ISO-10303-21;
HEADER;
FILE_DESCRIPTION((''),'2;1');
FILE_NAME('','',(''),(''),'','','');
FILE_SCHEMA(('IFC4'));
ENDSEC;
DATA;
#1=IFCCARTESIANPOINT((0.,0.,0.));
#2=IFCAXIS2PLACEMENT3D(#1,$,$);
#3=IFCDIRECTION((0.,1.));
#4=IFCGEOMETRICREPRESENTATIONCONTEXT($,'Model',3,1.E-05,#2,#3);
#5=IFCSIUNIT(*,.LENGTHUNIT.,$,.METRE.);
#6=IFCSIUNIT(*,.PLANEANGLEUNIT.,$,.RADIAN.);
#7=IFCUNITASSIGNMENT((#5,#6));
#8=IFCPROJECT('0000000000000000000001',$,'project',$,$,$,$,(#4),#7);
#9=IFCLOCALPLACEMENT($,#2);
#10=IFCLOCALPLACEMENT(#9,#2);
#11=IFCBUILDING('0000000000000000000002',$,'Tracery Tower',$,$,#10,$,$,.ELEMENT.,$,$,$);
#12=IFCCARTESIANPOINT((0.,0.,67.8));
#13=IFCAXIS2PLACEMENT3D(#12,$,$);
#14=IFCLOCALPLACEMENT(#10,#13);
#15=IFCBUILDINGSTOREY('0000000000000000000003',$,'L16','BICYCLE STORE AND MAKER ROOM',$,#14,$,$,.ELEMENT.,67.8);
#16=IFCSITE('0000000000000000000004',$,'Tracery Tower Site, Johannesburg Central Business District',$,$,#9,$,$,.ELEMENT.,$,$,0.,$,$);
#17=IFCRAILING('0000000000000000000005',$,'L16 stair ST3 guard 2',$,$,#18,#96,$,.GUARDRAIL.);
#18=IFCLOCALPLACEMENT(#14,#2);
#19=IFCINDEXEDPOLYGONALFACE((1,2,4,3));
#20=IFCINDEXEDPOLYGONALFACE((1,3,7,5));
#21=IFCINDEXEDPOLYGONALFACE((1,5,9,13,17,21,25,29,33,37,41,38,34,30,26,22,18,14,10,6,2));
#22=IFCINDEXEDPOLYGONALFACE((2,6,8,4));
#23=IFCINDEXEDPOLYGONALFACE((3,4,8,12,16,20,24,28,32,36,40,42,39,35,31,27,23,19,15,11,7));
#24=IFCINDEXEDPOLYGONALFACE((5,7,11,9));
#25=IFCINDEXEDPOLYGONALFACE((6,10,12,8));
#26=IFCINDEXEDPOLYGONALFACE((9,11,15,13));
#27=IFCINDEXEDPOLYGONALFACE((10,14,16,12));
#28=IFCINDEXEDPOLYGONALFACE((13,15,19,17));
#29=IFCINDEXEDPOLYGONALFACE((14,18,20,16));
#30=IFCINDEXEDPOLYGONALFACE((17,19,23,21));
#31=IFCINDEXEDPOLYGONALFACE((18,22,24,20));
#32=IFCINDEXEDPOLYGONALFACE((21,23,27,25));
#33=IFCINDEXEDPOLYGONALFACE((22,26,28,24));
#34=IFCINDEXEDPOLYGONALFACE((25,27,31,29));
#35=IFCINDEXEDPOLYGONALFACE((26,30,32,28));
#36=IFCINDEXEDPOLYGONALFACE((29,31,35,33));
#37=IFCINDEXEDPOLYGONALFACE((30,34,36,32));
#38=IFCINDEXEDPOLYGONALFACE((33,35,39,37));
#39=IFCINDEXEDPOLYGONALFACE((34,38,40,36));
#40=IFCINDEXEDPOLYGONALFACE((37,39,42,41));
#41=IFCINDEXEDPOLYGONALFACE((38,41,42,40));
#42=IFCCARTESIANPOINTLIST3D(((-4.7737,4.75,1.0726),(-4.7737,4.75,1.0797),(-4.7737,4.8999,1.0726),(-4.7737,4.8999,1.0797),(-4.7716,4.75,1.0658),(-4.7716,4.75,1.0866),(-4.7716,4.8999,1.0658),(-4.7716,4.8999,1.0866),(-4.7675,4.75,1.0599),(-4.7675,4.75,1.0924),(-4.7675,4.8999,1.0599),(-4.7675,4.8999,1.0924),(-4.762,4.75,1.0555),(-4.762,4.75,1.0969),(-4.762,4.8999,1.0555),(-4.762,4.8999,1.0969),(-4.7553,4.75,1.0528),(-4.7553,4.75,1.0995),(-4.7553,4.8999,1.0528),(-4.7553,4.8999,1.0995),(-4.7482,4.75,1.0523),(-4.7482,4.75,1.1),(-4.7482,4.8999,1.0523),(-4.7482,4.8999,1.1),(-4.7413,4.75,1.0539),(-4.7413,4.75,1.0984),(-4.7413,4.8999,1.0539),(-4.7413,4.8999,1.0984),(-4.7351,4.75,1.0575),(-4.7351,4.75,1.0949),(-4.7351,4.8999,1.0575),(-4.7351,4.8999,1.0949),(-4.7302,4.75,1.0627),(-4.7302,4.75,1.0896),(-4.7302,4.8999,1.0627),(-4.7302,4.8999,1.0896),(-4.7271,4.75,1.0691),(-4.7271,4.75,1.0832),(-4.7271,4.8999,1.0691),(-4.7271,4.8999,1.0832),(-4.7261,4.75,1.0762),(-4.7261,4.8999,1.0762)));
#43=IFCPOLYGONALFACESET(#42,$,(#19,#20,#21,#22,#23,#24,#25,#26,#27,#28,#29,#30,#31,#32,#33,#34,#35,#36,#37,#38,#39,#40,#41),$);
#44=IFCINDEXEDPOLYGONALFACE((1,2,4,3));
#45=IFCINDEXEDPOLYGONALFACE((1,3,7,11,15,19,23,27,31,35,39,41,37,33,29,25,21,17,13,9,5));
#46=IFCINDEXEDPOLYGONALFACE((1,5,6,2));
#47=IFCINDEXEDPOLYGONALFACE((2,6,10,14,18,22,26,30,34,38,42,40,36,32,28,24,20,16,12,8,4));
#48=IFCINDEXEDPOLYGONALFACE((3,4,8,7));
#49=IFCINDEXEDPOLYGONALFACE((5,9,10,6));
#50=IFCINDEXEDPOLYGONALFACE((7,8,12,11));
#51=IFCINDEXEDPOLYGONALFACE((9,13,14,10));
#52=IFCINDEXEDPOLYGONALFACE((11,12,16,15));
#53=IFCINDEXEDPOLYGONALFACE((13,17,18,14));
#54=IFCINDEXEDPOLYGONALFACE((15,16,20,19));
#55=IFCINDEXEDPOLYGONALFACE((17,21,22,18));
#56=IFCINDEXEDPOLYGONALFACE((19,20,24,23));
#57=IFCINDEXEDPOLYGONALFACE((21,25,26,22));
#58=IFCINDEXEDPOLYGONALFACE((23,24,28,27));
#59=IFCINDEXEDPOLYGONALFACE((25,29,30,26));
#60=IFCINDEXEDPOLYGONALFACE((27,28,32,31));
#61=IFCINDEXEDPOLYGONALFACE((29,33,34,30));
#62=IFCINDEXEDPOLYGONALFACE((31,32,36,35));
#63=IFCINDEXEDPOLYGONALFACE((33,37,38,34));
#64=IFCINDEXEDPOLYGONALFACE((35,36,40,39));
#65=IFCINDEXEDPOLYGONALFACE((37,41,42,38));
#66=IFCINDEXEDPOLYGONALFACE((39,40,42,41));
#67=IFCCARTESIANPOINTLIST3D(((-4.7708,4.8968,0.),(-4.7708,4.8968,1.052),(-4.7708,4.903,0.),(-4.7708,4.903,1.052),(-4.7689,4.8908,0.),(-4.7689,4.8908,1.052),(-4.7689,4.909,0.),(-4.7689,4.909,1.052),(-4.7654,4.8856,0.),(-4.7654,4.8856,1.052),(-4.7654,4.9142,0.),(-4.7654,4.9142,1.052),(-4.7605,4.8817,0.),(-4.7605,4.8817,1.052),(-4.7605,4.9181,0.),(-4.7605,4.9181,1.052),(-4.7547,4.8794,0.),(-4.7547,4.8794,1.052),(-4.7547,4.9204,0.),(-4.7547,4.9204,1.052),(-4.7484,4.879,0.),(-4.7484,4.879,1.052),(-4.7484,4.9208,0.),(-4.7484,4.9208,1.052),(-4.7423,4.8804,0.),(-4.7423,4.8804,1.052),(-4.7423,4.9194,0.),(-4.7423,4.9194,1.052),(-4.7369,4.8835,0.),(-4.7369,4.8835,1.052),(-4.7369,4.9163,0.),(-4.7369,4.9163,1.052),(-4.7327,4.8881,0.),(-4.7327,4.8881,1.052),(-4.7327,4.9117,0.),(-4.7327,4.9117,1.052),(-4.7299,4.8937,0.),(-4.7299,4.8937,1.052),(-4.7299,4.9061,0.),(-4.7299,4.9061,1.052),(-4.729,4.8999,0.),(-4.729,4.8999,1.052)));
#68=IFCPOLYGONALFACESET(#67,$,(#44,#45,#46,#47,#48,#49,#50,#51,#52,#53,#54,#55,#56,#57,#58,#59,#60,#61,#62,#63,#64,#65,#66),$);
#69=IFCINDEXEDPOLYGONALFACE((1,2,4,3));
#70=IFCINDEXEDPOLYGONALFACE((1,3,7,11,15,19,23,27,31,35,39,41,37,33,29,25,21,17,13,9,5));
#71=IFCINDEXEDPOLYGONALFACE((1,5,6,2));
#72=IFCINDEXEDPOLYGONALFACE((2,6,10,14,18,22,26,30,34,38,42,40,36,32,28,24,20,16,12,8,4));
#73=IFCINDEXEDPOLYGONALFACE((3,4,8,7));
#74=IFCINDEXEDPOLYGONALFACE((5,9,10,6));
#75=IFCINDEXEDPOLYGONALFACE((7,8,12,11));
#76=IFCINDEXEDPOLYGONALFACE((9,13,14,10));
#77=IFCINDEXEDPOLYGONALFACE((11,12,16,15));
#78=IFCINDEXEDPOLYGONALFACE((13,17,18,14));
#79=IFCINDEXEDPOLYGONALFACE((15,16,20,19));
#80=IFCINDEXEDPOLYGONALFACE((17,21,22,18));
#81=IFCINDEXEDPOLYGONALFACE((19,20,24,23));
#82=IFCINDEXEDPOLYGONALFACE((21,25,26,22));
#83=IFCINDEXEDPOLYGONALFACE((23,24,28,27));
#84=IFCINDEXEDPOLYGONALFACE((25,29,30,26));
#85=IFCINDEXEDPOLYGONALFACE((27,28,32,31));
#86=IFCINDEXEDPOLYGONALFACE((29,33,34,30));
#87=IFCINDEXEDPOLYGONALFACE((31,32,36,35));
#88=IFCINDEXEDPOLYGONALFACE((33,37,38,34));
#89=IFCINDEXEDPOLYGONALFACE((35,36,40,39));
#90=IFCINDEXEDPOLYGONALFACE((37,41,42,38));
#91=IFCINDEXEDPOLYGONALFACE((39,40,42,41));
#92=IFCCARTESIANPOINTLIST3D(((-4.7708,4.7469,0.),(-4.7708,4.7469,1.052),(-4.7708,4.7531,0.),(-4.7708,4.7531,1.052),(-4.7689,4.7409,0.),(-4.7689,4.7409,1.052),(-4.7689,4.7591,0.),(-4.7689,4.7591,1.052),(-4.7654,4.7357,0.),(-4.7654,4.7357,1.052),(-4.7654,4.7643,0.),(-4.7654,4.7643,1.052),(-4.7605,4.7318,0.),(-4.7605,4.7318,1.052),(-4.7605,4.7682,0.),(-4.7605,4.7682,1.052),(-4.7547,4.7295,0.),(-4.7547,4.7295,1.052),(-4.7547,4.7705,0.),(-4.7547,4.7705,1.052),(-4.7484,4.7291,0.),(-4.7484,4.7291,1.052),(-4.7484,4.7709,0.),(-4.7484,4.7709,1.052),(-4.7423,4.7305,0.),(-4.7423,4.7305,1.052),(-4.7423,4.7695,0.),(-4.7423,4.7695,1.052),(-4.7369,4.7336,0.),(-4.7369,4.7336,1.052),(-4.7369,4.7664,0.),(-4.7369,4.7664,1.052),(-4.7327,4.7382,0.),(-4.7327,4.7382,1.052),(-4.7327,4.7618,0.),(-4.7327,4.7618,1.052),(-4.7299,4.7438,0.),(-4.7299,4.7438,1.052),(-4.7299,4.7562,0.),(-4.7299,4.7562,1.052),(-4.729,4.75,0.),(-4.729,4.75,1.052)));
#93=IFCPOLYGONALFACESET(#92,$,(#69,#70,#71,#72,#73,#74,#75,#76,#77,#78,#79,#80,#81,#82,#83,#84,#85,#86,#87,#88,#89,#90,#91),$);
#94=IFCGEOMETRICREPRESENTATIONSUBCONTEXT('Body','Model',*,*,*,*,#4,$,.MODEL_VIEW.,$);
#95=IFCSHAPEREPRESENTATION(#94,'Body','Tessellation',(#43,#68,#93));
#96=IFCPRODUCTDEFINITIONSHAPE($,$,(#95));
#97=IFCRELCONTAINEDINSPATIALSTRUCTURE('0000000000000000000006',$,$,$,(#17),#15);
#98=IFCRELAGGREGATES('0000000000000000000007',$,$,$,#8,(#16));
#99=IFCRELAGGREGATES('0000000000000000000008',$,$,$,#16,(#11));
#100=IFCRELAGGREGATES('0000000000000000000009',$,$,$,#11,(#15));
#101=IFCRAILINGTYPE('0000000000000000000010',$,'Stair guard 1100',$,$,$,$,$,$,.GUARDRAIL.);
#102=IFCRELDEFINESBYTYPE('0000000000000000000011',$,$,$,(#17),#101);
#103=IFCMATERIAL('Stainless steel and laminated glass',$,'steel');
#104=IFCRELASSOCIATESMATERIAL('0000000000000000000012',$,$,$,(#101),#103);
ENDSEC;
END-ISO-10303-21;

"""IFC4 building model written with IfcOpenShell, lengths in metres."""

from ifc_helpers import new_model, si_unit, direction, frame, origin, origin_2d, place, context, subcontext, project, spatial, circle, extrude, material, type_object, element, save


model = new_model("IFC4")

# Units and contexts
model_context = context("Model", 3, precision=1e-05, world=origin(), true_north=direction((0.0, 1.0)))
body_context = subcontext(model_context, "Body", "Model", "MODEL_VIEW")
ifc_project = project(units=[si_unit("LENGTHUNIT", "METRE"), si_unit("PLANEANGLEUNIT", "RADIAN")], contexts=[model_context])

# Site, building, storey
site_placement = place(None, origin())
site = spatial("IfcSite", under=ifc_project, at=site_placement, Name="Tracery Tower Site, Johannesburg Central Business District", CompositionType="ELEMENT", RefElevation=0.0)
building_placement = place(site_placement, origin())
building = spatial("IfcBuilding", under=site, at=building_placement, Name="Tracery Tower", CompositionType="ELEMENT")
storey_placement = place(building_placement, frame((0.0, 0.0, 67.8)))
storey = spatial("IfcBuildingStorey", under=building, at=storey_placement, Name="L16", Description="BICYCLE STORE AND MAKER ROOM", CompositionType="ELEMENT", Elevation=67.8)

# Railing
ifc_material_1 = material(Name="Stainless steel and laminated glass", Category="steel")
railing_type_1 = type_object("IfcRailingType", Name="Stair guard 1100", PredefinedType="GUARDRAIL", material=ifc_material_1)
railing_1_placement = place(storey_placement, frame((-4.75, 4.8999, 0.0)))
element("IfcRailing", 1, at=railing_1_placement, inside=storey, type_object=railing_type_1, Name="L16 stair ST3 guard 2", PredefinedType="GUARDRAIL", context=body_context, shape_type="SweptSolid", body=[
    extrude(circle(Radius=0.0239, at=origin_2d()), frame((0.0, 0.0, 1.0762), z_axis=(0.0, -1.0, 0.0), x_axis=(1.0, 0.0, 0.0)), (0.0, 0.0, 1.0), 0.1499),
    extrude(circle(Radius=0.021, at=origin_2d()), origin(), (0.0, 0.0, 1.0), 1.052),
    extrude(circle(Radius=0.021, at=origin_2d()), frame((0.0, -0.1499, 0.0)), (0.0, 0.0, 1.0), 1.052),
])

save(model, "model.ifc")
